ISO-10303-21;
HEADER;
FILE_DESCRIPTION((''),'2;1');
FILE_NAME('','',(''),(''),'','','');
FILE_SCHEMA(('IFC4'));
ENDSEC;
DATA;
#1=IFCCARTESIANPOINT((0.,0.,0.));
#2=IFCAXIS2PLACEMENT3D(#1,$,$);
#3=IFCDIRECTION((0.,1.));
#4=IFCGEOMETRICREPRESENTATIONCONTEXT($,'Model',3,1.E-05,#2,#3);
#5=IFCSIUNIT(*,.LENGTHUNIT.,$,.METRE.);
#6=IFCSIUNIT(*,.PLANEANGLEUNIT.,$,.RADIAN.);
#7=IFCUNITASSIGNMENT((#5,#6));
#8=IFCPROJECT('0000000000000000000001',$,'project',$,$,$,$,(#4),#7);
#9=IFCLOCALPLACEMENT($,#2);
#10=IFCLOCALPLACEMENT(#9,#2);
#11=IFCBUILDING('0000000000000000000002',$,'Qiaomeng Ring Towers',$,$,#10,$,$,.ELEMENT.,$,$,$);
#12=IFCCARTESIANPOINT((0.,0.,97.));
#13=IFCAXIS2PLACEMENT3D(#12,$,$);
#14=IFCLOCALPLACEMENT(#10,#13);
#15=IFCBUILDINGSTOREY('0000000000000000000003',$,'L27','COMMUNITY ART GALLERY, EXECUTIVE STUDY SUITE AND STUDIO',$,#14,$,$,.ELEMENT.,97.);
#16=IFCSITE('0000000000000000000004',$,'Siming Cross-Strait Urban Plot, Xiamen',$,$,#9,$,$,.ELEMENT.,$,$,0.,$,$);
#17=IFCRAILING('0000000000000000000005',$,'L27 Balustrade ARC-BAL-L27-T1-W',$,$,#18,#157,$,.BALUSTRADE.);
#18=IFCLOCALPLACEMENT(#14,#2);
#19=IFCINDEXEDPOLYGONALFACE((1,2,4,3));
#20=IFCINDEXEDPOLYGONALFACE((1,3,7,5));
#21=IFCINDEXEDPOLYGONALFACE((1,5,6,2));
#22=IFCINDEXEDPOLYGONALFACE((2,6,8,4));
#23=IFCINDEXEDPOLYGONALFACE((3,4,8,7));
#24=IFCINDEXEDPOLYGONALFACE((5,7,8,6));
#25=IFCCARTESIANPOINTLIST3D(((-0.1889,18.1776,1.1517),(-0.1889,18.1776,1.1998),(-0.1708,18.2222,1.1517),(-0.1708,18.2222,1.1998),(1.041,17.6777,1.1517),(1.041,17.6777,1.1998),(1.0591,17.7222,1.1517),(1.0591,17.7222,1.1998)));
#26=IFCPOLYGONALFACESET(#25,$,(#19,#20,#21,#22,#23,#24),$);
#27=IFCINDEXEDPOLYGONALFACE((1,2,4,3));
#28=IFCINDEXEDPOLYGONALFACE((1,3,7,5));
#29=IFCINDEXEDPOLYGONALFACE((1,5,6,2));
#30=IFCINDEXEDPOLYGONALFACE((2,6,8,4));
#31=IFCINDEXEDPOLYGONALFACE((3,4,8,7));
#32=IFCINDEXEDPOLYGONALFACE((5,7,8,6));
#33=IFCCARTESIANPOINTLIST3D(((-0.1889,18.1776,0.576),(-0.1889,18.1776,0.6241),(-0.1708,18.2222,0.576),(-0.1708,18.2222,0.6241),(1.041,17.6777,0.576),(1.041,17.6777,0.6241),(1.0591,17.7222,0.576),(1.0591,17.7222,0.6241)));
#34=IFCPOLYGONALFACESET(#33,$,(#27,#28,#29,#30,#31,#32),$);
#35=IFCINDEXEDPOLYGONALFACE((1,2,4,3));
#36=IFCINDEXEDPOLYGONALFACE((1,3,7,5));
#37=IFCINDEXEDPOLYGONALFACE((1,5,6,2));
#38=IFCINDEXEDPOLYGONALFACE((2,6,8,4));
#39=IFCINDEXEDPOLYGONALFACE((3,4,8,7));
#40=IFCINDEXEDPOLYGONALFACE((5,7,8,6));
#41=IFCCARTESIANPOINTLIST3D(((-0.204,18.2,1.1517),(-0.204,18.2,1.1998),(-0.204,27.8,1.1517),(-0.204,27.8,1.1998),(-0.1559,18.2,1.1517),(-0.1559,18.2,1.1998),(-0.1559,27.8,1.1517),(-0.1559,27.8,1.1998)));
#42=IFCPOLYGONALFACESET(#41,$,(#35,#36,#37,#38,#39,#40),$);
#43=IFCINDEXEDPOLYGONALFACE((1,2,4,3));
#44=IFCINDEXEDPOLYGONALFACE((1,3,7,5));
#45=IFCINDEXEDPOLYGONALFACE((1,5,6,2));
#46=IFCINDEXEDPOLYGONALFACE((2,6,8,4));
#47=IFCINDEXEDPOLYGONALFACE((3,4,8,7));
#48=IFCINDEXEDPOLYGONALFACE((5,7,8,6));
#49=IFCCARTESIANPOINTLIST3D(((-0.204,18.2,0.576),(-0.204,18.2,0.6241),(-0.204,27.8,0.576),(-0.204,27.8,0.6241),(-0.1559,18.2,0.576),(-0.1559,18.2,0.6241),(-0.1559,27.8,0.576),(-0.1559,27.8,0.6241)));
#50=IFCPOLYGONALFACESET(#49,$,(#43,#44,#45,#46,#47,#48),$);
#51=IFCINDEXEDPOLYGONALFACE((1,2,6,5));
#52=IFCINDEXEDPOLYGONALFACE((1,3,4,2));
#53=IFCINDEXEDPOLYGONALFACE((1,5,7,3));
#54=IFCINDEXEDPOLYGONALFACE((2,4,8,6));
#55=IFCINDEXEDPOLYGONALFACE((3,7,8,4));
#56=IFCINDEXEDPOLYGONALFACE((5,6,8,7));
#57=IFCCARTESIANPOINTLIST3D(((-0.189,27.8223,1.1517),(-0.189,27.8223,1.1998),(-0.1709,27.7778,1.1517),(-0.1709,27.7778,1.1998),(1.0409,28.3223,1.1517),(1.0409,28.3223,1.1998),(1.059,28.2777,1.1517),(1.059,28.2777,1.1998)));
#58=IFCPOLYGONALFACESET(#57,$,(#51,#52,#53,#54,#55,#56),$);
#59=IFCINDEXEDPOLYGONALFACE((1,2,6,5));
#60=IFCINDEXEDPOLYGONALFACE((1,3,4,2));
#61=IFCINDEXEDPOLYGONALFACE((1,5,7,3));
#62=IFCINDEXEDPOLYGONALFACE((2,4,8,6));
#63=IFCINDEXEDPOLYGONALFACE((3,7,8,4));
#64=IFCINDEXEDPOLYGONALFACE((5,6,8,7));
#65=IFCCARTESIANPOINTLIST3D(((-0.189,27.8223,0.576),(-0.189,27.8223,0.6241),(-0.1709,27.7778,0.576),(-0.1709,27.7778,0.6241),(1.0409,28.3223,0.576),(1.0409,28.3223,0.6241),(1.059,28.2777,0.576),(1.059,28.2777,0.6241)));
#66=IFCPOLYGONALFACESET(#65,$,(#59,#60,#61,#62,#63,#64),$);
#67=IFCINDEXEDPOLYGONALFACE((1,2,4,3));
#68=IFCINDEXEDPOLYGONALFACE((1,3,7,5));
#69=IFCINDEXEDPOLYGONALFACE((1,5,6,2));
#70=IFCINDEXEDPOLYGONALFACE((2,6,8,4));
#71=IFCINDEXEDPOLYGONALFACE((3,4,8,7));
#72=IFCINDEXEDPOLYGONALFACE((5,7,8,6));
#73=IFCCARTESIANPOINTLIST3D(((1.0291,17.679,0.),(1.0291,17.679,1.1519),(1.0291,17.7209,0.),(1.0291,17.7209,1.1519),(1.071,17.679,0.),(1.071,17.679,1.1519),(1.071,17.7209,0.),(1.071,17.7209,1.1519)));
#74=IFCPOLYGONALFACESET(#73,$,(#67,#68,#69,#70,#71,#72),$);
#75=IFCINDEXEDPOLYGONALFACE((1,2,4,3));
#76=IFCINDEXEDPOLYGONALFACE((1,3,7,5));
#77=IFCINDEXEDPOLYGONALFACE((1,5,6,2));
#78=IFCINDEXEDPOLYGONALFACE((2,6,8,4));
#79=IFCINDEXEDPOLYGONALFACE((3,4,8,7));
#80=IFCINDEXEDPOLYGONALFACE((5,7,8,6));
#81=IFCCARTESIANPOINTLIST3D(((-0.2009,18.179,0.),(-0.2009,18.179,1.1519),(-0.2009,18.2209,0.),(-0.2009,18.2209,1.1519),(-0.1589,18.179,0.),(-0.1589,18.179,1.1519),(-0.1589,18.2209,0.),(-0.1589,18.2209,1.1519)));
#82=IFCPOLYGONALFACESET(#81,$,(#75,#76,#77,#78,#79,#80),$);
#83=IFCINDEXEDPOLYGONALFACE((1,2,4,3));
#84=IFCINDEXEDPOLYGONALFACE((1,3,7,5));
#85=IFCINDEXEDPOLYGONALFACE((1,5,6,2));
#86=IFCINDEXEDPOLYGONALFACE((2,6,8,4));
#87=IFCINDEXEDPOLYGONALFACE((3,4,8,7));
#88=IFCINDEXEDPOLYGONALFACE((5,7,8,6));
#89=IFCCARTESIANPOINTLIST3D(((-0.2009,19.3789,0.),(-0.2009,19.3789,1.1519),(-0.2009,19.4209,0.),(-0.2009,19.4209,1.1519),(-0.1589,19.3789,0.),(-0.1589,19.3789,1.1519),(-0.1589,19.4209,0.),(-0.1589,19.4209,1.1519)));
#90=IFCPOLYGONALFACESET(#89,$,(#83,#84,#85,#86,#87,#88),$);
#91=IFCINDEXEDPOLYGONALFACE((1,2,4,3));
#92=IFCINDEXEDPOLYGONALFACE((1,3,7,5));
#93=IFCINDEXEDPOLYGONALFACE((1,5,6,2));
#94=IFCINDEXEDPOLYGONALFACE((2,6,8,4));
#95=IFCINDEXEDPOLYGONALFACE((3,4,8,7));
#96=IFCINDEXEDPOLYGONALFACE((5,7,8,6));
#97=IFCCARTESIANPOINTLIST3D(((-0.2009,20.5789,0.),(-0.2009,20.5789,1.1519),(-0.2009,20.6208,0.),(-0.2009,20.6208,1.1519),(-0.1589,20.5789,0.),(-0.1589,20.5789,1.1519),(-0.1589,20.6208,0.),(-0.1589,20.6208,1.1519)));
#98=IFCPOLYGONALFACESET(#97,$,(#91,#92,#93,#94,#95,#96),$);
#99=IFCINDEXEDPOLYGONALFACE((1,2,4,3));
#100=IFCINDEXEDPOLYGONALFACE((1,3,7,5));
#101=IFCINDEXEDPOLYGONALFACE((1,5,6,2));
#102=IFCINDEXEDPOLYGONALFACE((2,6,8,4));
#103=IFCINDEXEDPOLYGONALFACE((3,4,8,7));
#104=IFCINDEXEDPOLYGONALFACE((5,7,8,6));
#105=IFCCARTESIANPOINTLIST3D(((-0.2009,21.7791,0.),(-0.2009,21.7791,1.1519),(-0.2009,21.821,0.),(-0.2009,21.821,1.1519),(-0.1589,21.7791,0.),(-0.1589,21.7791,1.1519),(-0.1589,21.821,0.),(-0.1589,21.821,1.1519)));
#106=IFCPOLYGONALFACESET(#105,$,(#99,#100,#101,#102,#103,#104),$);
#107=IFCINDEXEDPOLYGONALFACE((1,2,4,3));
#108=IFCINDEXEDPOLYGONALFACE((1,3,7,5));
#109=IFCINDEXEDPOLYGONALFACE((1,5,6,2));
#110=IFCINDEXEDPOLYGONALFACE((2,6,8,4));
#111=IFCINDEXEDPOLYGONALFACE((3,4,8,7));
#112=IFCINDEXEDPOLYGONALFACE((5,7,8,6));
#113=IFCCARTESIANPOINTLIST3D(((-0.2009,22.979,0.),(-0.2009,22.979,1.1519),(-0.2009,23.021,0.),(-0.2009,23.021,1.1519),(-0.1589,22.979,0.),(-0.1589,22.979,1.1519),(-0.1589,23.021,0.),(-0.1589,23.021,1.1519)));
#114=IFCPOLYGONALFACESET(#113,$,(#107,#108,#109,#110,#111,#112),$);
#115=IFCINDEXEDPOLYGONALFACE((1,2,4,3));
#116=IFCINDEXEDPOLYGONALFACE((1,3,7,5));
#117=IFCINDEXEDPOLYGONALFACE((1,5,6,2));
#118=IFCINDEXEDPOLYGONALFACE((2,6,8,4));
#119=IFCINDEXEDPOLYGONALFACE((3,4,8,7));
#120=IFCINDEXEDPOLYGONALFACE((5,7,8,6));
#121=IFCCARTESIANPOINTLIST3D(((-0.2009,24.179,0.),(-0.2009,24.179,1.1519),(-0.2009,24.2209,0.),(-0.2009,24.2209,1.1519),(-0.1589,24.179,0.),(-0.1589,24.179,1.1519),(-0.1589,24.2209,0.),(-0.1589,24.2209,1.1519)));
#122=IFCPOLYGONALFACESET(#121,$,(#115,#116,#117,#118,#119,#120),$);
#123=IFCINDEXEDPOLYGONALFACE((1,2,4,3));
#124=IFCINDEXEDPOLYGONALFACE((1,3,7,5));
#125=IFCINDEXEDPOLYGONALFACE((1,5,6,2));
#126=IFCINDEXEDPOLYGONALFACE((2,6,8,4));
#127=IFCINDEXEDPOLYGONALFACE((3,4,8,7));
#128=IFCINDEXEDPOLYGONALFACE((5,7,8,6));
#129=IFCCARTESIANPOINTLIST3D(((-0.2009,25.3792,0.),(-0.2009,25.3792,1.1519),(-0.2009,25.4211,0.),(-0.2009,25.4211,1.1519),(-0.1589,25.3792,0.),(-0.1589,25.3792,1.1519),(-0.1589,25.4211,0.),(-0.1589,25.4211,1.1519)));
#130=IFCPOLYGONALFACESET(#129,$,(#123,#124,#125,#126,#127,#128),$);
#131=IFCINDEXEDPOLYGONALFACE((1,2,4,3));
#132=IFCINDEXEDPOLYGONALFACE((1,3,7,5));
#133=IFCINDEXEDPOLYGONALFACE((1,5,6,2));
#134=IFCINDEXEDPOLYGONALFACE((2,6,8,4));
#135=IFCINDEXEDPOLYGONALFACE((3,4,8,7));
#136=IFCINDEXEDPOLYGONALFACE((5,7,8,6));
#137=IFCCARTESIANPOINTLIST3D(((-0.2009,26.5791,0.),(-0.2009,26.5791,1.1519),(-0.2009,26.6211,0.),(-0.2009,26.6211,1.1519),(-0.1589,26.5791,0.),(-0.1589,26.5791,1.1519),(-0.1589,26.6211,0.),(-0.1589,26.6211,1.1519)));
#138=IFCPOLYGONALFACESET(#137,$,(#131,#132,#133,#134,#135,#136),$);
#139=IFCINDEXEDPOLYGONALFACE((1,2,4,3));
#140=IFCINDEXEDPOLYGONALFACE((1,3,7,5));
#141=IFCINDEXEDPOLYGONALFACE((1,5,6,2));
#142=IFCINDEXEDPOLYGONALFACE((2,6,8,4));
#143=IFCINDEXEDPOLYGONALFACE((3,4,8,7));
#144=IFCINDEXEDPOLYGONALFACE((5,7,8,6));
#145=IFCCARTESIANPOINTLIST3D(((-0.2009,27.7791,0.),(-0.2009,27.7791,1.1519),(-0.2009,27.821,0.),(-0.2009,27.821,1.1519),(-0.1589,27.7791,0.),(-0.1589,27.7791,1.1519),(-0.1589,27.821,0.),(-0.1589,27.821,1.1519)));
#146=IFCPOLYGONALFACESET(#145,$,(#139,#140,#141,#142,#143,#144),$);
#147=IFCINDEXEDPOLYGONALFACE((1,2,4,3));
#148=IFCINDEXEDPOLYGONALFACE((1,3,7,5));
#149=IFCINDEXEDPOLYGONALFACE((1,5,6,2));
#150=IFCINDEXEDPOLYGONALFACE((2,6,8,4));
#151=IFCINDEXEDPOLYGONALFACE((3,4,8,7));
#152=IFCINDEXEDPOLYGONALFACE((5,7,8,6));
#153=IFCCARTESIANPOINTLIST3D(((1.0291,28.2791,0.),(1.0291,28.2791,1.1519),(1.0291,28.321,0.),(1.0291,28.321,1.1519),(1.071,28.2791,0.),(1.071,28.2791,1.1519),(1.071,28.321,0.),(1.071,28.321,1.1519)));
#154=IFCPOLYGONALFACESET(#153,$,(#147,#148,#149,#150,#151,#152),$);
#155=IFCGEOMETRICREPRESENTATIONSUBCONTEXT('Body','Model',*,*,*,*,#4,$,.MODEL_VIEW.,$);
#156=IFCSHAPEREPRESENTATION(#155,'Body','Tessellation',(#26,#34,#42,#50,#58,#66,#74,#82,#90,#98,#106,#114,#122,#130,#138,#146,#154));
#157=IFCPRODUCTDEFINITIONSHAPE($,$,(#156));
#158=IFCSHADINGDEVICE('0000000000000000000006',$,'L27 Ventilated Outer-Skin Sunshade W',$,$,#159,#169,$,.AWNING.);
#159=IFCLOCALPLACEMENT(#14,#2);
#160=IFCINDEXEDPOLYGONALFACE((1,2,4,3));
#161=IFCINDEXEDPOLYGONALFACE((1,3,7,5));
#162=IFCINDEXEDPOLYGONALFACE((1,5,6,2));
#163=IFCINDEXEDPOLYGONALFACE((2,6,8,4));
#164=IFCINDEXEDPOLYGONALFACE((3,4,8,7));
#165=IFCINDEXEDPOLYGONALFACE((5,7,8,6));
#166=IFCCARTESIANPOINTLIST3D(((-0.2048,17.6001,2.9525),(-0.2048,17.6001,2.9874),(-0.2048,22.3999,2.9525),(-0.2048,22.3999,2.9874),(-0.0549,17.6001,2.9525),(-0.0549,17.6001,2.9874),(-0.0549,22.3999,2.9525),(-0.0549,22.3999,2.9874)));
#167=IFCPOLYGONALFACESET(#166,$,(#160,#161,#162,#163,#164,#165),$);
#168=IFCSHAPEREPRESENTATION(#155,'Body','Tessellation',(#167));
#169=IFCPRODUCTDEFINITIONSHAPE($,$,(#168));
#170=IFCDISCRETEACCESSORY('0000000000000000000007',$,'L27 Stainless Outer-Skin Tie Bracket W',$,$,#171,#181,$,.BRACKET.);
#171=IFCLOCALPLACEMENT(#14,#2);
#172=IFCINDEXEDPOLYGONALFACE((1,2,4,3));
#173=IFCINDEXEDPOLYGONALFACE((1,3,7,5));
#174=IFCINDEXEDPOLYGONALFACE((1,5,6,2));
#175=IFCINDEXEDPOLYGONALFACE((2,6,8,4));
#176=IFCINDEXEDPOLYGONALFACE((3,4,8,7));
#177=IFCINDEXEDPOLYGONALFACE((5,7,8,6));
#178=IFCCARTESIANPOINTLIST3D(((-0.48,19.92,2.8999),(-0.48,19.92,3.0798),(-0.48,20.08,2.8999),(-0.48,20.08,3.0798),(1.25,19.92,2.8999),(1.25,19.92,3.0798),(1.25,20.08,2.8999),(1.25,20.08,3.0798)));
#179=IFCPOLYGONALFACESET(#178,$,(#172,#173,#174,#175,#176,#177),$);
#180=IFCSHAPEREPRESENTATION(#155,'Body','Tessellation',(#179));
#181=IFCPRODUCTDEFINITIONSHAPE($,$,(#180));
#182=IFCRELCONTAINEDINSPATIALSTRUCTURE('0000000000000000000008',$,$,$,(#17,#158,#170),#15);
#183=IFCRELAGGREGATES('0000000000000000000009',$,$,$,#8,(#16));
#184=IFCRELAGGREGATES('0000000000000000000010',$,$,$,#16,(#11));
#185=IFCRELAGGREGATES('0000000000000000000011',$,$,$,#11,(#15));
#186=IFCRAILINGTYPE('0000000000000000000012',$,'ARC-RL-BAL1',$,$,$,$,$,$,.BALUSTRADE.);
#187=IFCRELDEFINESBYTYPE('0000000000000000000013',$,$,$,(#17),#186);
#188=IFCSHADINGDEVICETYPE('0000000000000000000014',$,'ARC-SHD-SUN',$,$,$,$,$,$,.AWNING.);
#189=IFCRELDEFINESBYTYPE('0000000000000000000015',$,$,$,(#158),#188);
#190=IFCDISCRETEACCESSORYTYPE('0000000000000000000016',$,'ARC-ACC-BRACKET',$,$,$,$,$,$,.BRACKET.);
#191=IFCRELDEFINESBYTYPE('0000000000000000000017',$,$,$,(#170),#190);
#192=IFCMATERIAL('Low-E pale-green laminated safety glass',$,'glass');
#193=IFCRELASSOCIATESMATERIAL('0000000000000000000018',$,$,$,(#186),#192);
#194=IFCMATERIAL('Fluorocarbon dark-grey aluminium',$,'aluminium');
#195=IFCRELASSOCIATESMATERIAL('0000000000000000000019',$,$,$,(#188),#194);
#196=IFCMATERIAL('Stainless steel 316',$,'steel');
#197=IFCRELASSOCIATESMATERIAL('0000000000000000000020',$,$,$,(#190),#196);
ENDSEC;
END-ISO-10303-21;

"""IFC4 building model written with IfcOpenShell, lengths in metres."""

from ifc_helpers import new_model, si_unit, direction, frame, origin, origin_2d, place, context, subcontext, project, spatial, rectangle, extrude, source, transform, mapped, material, material_profile, profile_set, type_object, element, save


model = new_model("IFC4")

# Units and contexts
model_context = context("Model", 3, precision=1e-05, world=origin(), true_north=direction((0.0, 1.0)))
body_context = subcontext(model_context, "Body", "Model", "MODEL_VIEW")
ifc_project = project(units=[si_unit("LENGTHUNIT", "METRE"), si_unit("PLANEANGLEUNIT", "RADIAN")], contexts=[model_context])

# Site, building, storey
site_placement = place(None, origin())
site = spatial("IfcSite", under=ifc_project, at=site_placement, Name="Siming Cross-Strait Urban Plot, Xiamen", CompositionType="ELEMENT", RefElevation=0.0)
building_placement = place(site_placement, origin())
building = spatial("IfcBuilding", under=site, at=building_placement, Name="Qiaomeng Ring Towers", CompositionType="ELEMENT")
storey_placement = place(building_placement, frame((0.0, 0.0, 97.0)))
storey = spatial("IfcBuildingStorey", under=building, at=storey_placement, Name="L27", Description="COMMUNITY ART GALLERY, EXECUTIVE STUDY SUITE AND STUDIO", CompositionType="ELEMENT", Elevation=97.0)

# Shared definitions
ifc_material_1 = material(Name="Stainless steel 316", Category="steel")

# Railing
ifc_material_2 = material(Name="Low-E pale-green laminated safety glass", Category="glass")
railing_type = type_object("IfcRailingType", Name="ARC-RL-BAL1", PredefinedType="BALUSTRADE", material=ifc_material_2)
railing_1_placement = place(storey_placement, frame((1.05, 17.7, 0.0)))
element("IfcRailing", 1, at=railing_1_placement, inside=storey, type_object=railing_type, Name="L27 Balustrade ARC-BAL-L27-T1-W", PredefinedType="BALUSTRADE", context=body_context, shape_type="SweptSolid", body=[
    extrude(rectangle(XDim=0.0481, YDim=0.0481, at=origin_2d()), frame((0.0, 0.0, 1.1758), z_axis=(-0.926382, 0.376584, 0.0), x_axis=(-0.376584, -0.926382, 0.0)), (0.0, 0.0, 1.0), 1.3276),
    extrude(rectangle(XDim=0.0481, YDim=0.0481, at=origin_2d()), frame((0.0, 0.0, 0.6001), z_axis=(-0.926382, 0.376584, 0.0), x_axis=(-0.376584, -0.926382, 0.0)), (0.0, 0.0, 1.0), 1.3276),
    extrude(rectangle(XDim=0.0481, YDim=0.0481, at=origin_2d()), frame((-1.23, 0.5, 1.1758), z_axis=(0.0, 1.0, 0.0), x_axis=(-1.0, 0.0, 0.0)), (0.0, 0.0, 1.0), 9.6001),
    extrude(rectangle(XDim=0.0481, YDim=0.0481, at=origin_2d()), frame((-1.23, 0.5, 0.6001), z_axis=(0.0, 1.0, 0.0), x_axis=(-1.0, 0.0, 0.0)), (0.0, 0.0, 1.0), 9.6001),
    extrude(rectangle(XDim=0.0481, YDim=0.0481, at=origin_2d()), frame((-1.23, 10.1001, 1.1758), z_axis=(0.926382, 0.376584, 0.0), x_axis=(-0.376584, 0.926382, 0.0)), (0.0, 0.0, 1.0), 1.3276),
    extrude(rectangle(XDim=0.0481, YDim=0.0481, at=origin_2d()), frame((-1.23, 10.1001, 0.6001), z_axis=(0.926382, 0.376584, 0.0), x_axis=(-0.376584, 0.926382, 0.0)), (0.0, 0.0, 1.0), 1.3276),
    extrude(rectangle(XDim=0.042, YDim=0.042, at=origin_2d()), origin(), (0.0, 0.0, 1.0), 1.1519),
    extrude(rectangle(XDim=0.042, YDim=0.042, at=origin_2d()), frame((-1.23, 0.5, 0.0)), (0.0, 0.0, 1.0), 1.1519),
    extrude(rectangle(XDim=0.042, YDim=0.042, at=origin_2d()), frame((-1.23, 1.7, 0.0)), (0.0, 0.0, 1.0), 1.1519),
    extrude(rectangle(XDim=0.042, YDim=0.042, at=origin_2d()), frame((-1.23, 2.8999, 0.0)), (0.0, 0.0, 1.0), 1.1519),
    extrude(rectangle(XDim=0.042, YDim=0.042, at=origin_2d()), frame((-1.23, 4.1001, 0.0)), (0.0, 0.0, 1.0), 1.1519),
    extrude(rectangle(XDim=0.042, YDim=0.042, at=origin_2d()), frame((-1.23, 5.3, 0.0)), (0.0, 0.0, 1.0), 1.1519),
    extrude(rectangle(XDim=0.042, YDim=0.042, at=origin_2d()), frame((-1.23, 6.5, 0.0)), (0.0, 0.0, 1.0), 1.1519),
    extrude(rectangle(XDim=0.042, YDim=0.042, at=origin_2d()), frame((-1.23, 7.7002, 0.0)), (0.0, 0.0, 1.0), 1.1519),
    extrude(rectangle(XDim=0.042, YDim=0.042, at=origin_2d()), frame((-1.23, 8.9001, 0.0)), (0.0, 0.0, 1.0), 1.1519),
    extrude(rectangle(XDim=0.042, YDim=0.042, at=origin_2d()), frame((-1.23, 10.1001, 0.0)), (0.0, 0.0, 1.0), 1.1519),
    extrude(rectangle(XDim=0.042, YDim=0.042, at=origin_2d()), frame((0.0, 10.6001, 0.0)), (0.0, 0.0, 1.0), 1.1519),
])

# Shading device
ifc_material_3 = material(Name="Fluorocarbon dark-grey aluminium", Category="aluminium")
ifc_material_profile_1 = material_profile(ifc_material_3, rectangle(XDim=0.1499, YDim=0.0349, at=origin_2d()), Name="LV BLADE 150x35")
ifc_profile_set_1 = profile_set([ifc_material_profile_1], Name="Fluorocarbon dark-grey aluminium")
shading_device_type = type_object("IfcShadingDeviceType", Name="ARC-SHD-SUN", PredefinedType="AWNING", material=ifc_profile_set_1)
shared_shape_1 = source(origin(), body_context, "Body", "SweptSolid", [
    extrude(rectangle(XDim=0.1499, YDim=0.0349, at=origin_2d()), origin(), (0.0, 0.0, 1.0), 4.7998),
])
shading_device_placement = place(storey_placement, frame((-0.1299, 17.6001, 2.97), z_axis=(0.0, 1.0, 0.0), x_axis=(-1.0, 0.0, 0.0)))
element("IfcShadingDevice", 2, at=shading_device_placement, inside=storey, type_object=shading_device_type, Name="L27 Ventilated Outer-Skin Sunshade W", PredefinedType="AWNING", context=body_context, shape_type="MappedRepresentation", body=[
    mapped(shared_shape_1, transform((0.0, 0.0, 0.0), x_axis=(1.0, 0.0, 0.0), y_axis=(0.0, 1.0, 0.0), z_axis=(0.0, 0.0, 1.0), scale=1.0)),
])

# Discrete accessory
discrete_accessory_type = type_object("IfcDiscreteAccessoryType", Name="ARC-ACC-BRACKET", PredefinedType="BRACKET", material=ifc_material_1)
shared_shape_2 = source(origin(), body_context, "Body", "SweptSolid", [
    extrude(rectangle(XDim=1.73, YDim=0.1599, at=origin_2d()), origin(), (0.0, 0.0, 1.0), 0.1799),
])
discrete_accessory_placement = place(storey_placement, frame((0.385, 20.0, 2.8999), z_axis=(0.0, 0.0, 1.0), x_axis=(1.0, 0.0, 0.0)))
element("IfcDiscreteAccessory", 3, at=discrete_accessory_placement, inside=storey, type_object=discrete_accessory_type, Name="L27 Stainless Outer-Skin Tie Bracket W", PredefinedType="BRACKET", context=body_context, shape_type="MappedRepresentation", body=[
    mapped(shared_shape_2, transform((0.0, 0.0, 0.0), x_axis=(1.0, 0.0, 0.0), y_axis=(0.0, 1.0, 0.0), z_axis=(0.0, 0.0, 1.0), scale=1.0)),
])

save(model, "model.ifc")
